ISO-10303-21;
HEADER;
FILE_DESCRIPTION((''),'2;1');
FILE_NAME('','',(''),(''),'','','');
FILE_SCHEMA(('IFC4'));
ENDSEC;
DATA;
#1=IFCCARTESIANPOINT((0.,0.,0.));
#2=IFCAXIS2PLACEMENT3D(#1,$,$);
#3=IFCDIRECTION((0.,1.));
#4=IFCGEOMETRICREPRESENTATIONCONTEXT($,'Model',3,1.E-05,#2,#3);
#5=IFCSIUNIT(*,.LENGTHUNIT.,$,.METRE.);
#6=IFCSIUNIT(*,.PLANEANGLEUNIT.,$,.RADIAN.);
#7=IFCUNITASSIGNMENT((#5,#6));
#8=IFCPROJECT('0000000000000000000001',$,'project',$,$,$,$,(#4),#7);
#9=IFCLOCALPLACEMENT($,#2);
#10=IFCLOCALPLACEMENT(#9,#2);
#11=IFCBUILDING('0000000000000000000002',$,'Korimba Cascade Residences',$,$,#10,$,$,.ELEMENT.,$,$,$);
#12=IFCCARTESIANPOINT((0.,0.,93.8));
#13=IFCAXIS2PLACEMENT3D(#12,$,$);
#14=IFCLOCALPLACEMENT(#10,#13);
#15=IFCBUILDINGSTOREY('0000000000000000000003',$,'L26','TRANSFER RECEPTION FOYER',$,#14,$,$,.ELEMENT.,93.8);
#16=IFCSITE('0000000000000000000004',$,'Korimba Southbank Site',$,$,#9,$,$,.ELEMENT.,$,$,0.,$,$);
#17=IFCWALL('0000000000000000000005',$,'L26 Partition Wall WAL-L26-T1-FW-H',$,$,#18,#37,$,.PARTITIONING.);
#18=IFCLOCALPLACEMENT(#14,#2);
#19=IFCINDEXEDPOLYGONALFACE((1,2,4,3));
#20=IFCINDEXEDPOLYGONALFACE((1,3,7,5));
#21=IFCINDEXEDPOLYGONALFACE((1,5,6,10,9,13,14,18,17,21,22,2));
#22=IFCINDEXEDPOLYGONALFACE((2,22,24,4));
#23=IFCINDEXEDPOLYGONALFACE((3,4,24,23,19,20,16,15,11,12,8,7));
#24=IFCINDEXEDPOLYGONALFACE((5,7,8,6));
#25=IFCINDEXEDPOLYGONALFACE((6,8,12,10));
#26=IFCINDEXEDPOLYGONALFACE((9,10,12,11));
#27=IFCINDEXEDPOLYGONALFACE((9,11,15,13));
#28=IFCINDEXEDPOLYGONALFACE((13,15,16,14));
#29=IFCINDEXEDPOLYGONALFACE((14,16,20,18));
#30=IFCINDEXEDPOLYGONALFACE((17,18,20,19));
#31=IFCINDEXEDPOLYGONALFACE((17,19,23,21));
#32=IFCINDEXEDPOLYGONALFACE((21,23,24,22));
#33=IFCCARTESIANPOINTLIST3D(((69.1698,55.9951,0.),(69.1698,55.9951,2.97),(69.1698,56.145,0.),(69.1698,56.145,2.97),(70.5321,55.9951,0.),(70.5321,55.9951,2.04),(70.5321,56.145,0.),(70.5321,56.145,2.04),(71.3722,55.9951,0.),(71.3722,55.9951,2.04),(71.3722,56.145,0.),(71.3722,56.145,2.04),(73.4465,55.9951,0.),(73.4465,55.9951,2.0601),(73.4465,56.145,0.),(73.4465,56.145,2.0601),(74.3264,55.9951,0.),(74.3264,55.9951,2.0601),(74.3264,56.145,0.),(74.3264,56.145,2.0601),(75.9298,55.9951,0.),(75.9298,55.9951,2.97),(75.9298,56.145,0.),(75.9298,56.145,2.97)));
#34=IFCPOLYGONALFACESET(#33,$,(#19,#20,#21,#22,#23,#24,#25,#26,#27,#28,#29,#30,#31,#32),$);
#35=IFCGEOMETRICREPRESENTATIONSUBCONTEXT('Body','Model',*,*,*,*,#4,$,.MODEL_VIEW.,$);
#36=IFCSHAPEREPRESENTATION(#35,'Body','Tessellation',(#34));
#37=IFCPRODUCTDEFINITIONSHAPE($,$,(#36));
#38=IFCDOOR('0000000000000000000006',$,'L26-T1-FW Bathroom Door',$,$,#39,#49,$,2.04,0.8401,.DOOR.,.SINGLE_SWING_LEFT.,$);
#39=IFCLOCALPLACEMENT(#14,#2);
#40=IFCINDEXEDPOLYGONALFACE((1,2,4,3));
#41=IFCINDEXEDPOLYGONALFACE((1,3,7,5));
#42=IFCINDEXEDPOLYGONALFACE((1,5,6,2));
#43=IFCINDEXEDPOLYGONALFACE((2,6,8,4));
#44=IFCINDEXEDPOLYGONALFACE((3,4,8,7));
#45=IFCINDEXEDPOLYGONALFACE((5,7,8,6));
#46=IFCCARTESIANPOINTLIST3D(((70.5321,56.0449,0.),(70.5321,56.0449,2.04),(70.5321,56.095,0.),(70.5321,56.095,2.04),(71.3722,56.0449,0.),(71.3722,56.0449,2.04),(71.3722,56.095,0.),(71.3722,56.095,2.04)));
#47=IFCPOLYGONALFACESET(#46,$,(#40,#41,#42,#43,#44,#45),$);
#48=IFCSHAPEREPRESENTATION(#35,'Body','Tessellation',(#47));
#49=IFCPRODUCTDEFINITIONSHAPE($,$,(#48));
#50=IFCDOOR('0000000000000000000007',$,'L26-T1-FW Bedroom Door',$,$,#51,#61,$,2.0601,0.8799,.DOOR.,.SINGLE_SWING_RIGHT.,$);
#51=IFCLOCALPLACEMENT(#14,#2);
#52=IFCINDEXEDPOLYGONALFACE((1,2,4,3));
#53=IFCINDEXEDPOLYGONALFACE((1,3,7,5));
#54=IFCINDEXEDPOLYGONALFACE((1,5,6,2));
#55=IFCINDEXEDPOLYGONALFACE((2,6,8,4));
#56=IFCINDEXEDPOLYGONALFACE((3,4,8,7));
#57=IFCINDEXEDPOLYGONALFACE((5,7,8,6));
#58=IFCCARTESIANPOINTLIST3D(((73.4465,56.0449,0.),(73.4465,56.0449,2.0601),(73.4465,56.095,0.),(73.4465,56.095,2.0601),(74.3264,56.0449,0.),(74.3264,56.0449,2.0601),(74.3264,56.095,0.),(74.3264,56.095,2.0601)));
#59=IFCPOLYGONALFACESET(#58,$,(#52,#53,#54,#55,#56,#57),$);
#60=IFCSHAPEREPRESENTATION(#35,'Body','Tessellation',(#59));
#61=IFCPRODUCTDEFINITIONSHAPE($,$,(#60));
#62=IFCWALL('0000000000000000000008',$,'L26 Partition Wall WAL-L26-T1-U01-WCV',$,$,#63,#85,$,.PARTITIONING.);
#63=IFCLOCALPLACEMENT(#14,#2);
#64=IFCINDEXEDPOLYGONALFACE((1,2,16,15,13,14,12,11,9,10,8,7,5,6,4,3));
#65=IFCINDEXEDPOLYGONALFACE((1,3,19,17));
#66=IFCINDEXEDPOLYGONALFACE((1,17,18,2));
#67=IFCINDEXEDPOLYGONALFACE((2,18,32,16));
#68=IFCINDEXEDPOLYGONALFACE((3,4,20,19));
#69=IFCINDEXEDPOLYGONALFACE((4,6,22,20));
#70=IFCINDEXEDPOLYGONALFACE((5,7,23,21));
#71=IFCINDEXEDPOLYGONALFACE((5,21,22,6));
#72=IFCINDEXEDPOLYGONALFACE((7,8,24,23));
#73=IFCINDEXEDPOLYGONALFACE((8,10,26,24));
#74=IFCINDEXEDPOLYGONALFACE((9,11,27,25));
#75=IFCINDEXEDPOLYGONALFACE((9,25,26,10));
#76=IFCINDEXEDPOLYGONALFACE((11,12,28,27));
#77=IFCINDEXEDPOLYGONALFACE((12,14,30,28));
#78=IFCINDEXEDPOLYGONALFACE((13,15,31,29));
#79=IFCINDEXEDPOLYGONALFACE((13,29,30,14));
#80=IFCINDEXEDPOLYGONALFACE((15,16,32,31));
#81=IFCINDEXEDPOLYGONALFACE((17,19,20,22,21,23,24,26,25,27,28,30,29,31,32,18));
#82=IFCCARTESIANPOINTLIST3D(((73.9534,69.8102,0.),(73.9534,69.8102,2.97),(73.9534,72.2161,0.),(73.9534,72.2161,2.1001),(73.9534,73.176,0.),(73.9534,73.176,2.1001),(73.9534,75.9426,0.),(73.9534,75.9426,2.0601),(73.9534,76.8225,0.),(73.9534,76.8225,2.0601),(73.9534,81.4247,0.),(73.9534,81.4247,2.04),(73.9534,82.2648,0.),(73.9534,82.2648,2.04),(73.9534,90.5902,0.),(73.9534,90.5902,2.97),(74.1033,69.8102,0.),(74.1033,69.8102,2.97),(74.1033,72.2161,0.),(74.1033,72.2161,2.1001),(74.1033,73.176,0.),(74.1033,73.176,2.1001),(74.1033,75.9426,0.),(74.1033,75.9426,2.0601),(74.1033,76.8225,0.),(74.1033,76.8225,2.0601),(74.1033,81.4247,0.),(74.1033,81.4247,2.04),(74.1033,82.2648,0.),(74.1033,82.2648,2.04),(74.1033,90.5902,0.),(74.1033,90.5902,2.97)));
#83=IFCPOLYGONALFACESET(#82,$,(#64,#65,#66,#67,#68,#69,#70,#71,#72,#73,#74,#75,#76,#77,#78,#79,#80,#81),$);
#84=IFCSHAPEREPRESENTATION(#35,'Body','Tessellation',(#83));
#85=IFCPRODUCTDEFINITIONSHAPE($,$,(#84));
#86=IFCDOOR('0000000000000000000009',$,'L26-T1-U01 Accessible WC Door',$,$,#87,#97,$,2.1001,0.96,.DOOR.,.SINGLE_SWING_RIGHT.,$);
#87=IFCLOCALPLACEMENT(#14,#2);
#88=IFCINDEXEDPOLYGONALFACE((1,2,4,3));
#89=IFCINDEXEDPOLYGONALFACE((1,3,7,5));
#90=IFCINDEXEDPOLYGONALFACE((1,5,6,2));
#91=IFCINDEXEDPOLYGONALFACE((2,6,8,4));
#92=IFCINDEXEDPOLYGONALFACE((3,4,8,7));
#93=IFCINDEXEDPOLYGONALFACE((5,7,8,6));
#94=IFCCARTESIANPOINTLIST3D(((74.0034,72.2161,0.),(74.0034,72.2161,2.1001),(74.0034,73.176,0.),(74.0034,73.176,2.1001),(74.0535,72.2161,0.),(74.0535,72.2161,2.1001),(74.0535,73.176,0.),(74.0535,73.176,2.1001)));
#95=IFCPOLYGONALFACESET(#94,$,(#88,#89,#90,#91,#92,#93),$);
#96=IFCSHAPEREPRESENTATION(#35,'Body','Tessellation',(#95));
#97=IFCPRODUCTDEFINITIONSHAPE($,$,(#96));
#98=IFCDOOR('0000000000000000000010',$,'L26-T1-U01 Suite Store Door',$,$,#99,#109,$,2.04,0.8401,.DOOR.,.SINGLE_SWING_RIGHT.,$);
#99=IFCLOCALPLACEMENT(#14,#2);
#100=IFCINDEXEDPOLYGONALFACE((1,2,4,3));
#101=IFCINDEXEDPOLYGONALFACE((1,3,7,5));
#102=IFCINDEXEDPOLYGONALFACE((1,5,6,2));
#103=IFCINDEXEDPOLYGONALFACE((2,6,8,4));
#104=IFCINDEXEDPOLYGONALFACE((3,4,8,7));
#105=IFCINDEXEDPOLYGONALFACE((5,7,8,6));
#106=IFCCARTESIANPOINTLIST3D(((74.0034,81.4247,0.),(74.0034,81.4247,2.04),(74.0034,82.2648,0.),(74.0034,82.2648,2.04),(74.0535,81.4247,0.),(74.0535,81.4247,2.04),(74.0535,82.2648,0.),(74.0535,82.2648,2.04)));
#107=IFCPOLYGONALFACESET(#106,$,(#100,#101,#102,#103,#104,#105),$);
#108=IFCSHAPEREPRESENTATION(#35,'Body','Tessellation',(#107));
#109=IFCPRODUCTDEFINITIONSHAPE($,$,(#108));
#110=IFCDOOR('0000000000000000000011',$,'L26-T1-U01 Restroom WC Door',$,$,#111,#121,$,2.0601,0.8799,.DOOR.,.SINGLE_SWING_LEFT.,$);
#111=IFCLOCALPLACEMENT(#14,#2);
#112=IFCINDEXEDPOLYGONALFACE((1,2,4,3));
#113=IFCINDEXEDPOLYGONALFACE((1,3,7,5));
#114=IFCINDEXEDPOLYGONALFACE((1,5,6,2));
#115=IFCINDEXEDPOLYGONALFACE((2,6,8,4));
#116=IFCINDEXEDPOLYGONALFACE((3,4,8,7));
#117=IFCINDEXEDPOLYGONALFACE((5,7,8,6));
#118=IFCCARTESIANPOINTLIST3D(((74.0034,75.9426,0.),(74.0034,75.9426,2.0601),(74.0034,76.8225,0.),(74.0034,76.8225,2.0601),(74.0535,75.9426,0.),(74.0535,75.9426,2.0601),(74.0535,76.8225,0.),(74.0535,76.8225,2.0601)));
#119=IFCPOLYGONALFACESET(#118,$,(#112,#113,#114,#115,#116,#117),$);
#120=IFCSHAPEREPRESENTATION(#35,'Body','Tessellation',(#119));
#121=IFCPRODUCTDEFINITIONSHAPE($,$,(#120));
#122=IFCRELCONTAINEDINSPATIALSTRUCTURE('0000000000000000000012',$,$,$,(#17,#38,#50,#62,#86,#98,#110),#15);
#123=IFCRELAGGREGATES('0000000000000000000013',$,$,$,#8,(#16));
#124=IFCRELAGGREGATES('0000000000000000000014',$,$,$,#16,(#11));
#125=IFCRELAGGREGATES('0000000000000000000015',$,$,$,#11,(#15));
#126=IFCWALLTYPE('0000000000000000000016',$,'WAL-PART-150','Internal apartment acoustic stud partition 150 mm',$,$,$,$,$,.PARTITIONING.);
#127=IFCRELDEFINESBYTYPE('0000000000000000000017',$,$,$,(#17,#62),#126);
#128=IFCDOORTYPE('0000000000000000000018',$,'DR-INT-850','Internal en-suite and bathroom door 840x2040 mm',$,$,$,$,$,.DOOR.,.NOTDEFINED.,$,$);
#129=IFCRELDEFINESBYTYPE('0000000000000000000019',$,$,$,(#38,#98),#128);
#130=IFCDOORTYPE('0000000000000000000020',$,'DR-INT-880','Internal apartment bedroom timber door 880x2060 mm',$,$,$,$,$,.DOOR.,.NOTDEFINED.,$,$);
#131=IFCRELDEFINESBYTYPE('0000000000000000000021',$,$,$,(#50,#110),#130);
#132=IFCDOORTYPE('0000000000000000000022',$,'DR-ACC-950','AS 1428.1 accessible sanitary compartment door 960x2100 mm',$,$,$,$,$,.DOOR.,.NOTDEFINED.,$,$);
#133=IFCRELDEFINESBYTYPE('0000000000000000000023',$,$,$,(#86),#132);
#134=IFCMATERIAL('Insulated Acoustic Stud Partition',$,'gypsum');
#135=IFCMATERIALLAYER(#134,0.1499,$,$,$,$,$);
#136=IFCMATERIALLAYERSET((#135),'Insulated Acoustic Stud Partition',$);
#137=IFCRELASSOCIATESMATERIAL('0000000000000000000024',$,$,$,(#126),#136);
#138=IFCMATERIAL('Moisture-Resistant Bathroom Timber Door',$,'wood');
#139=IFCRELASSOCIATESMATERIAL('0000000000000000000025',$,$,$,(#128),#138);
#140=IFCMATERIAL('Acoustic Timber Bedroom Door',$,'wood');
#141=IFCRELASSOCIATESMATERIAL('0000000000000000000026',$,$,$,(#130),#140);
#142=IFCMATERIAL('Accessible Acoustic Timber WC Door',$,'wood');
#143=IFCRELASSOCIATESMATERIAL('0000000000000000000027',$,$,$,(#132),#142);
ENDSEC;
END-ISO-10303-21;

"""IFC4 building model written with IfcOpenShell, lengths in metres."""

from ifc_helpers import new_model, si_unit, direction, frame, frame_2d, origin, place, context, subcontext, project, spatial, rectangle, extrude, material, layer, layer_set, type_object, element, fill, save


model = new_model("IFC4")

# Units and contexts
model_context = context("Model", 3, precision=1e-05, world=origin(), true_north=direction((0.0, 1.0)))
body_context = subcontext(model_context, "Body", "Model", "MODEL_VIEW")
ifc_project = project(units=[si_unit("LENGTHUNIT", "METRE"), si_unit("PLANEANGLEUNIT", "RADIAN")], contexts=[model_context])

# Site, building, storey
site_placement = place(None, origin())
site = spatial("IfcSite", under=ifc_project, at=site_placement, Name="Korimba Southbank Site", CompositionType="ELEMENT", RefElevation=0.0)
building_placement = place(site_placement, origin())
building = spatial("IfcBuilding", under=site, at=building_placement, Name="Korimba Cascade Residences", CompositionType="ELEMENT")
storey_placement = place(building_placement, frame((0.0, 0.0, 93.8)))
storey = spatial("IfcBuildingStorey", under=building, at=storey_placement, Name="L26", Description="TRANSFER RECEPTION FOYER", CompositionType="ELEMENT", Elevation=93.8)

# Shared definitions
ifc_material_1 = material(Name="Insulated Acoustic Stud Partition", Category="gypsum")
ifc_layer_1 = layer(ifc_material_1, 0.1499)
ifc_layer_set_1 = layer_set([ifc_layer_1], Name="Insulated Acoustic Stud Partition")
wall_type_1 = type_object("IfcWallType", Name="WAL-PART-150", Description="Internal apartment acoustic stud partition 150 mm", PredefinedType="PARTITIONING", material=ifc_layer_set_1)

# Walls, openings, doors
wall_1_placement = place(storey_placement, frame((69.1699, 56.0701, 0.0), z_axis=(0.0, 0.0, 1.0), x_axis=(1.0, 0.0, 0.0)))
wall_1 = element("IfcWall", 1, at=wall_1_placement, inside=storey, type_object=wall_type_1, Name="L26 Partition Wall WAL-L26-T1-FW-H", PredefinedType="PARTITIONING", context=body_context, shape_type="SweptSolid", body=[
    extrude(rectangle(XDim=6.76, YDim=0.1499, at=frame_2d((3.3799, 0.0))), origin(), (0.0, 0.0, 1.0), 2.97),
])
opening_1_placement = place(wall_1_placement, frame((1.3623, 0.0, 0.0)))
opening_1 = element("IfcOpeningElement", 2, at=opening_1_placement, cuts=wall_1, PredefinedType="OPENING", context=body_context, shape_type="SweptSolid", body=[
    extrude(rectangle(XDim=0.8401, YDim=2.04, at=frame_2d((0.4199, 1.02))), frame((0.0, 0.085, 0.0), z_axis=(0.0, -1.0, 0.0), x_axis=(1.0, 0.0, 0.0)), (0.0, 0.0, 1.0), 0.1699),
])
opening_2_placement = place(wall_1_placement, frame((4.2766, 0.0, 0.0)))
opening_2 = element("IfcOpeningElement", 3, at=opening_2_placement, cuts=wall_1, PredefinedType="OPENING", context=body_context, shape_type="SweptSolid", body=[
    extrude(rectangle(XDim=0.8799, YDim=2.0601, at=frame_2d((0.4399, 1.03))), frame((0.0, 0.085, 0.0), z_axis=(0.0, -1.0, 0.0), x_axis=(1.0, 0.0, 0.0)), (0.0, 0.0, 1.0), 0.1699),
])
ifc_material_2 = material(Name="Moisture-Resistant Bathroom Timber Door", Category="wood")
door_type_1 = type_object("IfcDoorType", Name="DR-INT-850", Description="Internal en-suite and bathroom door 840x2040 mm", OperationType="NOTDEFINED", PredefinedType="DOOR", material=ifc_material_2)
door_1_placement = place(opening_1_placement, origin())
door_1 = element("IfcDoor", 4, at=door_1_placement, inside=storey, type_object=door_type_1, Name="L26-T1-FW Bathroom Door", OperationType="SINGLE_SWING_LEFT", OverallHeight=2.04, OverallWidth=0.8401, PredefinedType="DOOR", context=body_context, shape_type="SweptSolid", body=[
    extrude(rectangle(XDim=0.8401, YDim=2.04, at=frame_2d((0.4199, 1.02))), frame((0.0, 0.0249, 0.0), z_axis=(0.0, -1.0, 0.0), x_axis=(1.0, 0.0, 0.0)), (0.0, 0.0, 1.0), 0.05),
])
fill(opening_1, door_1)
ifc_material_3 = material(Name="Acoustic Timber Bedroom Door", Category="wood")
door_type_2 = type_object("IfcDoorType", Name="DR-INT-880", Description="Internal apartment bedroom timber door 880x2060 mm", OperationType="NOTDEFINED", PredefinedType="DOOR", material=ifc_material_3)
door_2_placement = place(opening_2_placement, origin())
door_2 = element("IfcDoor", 5, at=door_2_placement, inside=storey, type_object=door_type_2, Name="L26-T1-FW Bedroom Door", OperationType="SINGLE_SWING_RIGHT", OverallHeight=2.0601, OverallWidth=0.8799, PredefinedType="DOOR", context=body_context, shape_type="SweptSolid", body=[
    extrude(rectangle(XDim=0.8799, YDim=2.0601, at=frame_2d((0.4399, 1.03))), frame((0.0, 0.0249, 0.0), z_axis=(0.0, -1.0, 0.0), x_axis=(1.0, 0.0, 0.0)), (0.0, 0.0, 1.0), 0.05),
])
fill(opening_2, door_2)
wall_2_placement = place(storey_placement, frame((74.0283, 69.8101, 0.0), z_axis=(0.0, 0.0, 1.0), x_axis=(0.0, 1.0, 0.0)))
wall_2 = element("IfcWall", 6, at=wall_2_placement, inside=storey, type_object=wall_type_1, Name="L26 Partition Wall WAL-L26-T1-U01-WCV", PredefinedType="PARTITIONING", context=body_context, shape_type="SweptSolid", body=[
    extrude(rectangle(XDim=20.78, YDim=0.1499, at=frame_2d((10.3901, 0.0))), origin(), (0.0, 0.0, 1.0), 2.97),
])
opening_3_placement = place(wall_2_placement, frame((2.406, 0.0, 0.0)))
opening_3 = element("IfcOpeningElement", 7, at=opening_3_placement, cuts=wall_2, PredefinedType="OPENING", context=body_context, shape_type="SweptSolid", body=[
    extrude(rectangle(XDim=0.96, YDim=2.1001, at=frame_2d((0.48, 1.05))), frame((0.0, 0.085, 0.0), z_axis=(0.0, -1.0, 0.0), x_axis=(1.0, 0.0, 0.0)), (0.0, 0.0, 1.0), 0.1699),
])
opening_4_placement = place(wall_2_placement, frame((6.1326, 0.0, 0.0)))
opening_4 = element("IfcOpeningElement", 8, at=opening_4_placement, cuts=wall_2, PredefinedType="OPENING", context=body_context, shape_type="SweptSolid", body=[
    extrude(rectangle(XDim=0.8799, YDim=2.0601, at=frame_2d((0.4399, 1.03))), frame((0.0, 0.085, 0.0), z_axis=(0.0, -1.0, 0.0), x_axis=(1.0, 0.0, 0.0)), (0.0, 0.0, 1.0), 0.1699),
])
opening_5_placement = place(wall_2_placement, frame((11.6147, 0.0, 0.0)))
opening_5 = element("IfcOpeningElement", 9, at=opening_5_placement, cuts=wall_2, PredefinedType="OPENING", context=body_context, shape_type="SweptSolid", body=[
    extrude(rectangle(XDim=0.8401, YDim=2.04, at=frame_2d((0.4199, 1.02))), frame((0.0, 0.085, 0.0), z_axis=(0.0, -1.0, 0.0), x_axis=(1.0, 0.0, 0.0)), (0.0, 0.0, 1.0), 0.1699),
])
ifc_material_4 = material(Name="Accessible Acoustic Timber WC Door", Category="wood")
door_type_3 = type_object("IfcDoorType", Name="DR-ACC-950", Description="AS 1428.1 accessible sanitary compartment door 960x2100 mm", OperationType="NOTDEFINED", PredefinedType="DOOR", material=ifc_material_4)
door_3_placement = place(opening_3_placement, origin())
door_3 = element("IfcDoor", 10, at=door_3_placement, inside=storey, type_object=door_type_3, Name="L26-T1-U01 Accessible WC Door", OperationType="SINGLE_SWING_RIGHT", OverallHeight=2.1001, OverallWidth=0.96, PredefinedType="DOOR", context=body_context, shape_type="SweptSolid", body=[
    extrude(rectangle(XDim=0.96, YDim=2.1001, at=frame_2d((0.48, 1.05))), frame((0.0, 0.0249, 0.0), z_axis=(0.0, -1.0, 0.0), x_axis=(1.0, 0.0, 0.0)), (0.0, 0.0, 1.0), 0.05),
])
fill(opening_3, door_3)
door_4_placement = place(opening_5_placement, origin())
door_4 = element("IfcDoor", 11, at=door_4_placement, inside=storey, type_object=door_type_1, Name="L26-T1-U01 Suite Store Door", OperationType="SINGLE_SWING_RIGHT", OverallHeight=2.04, OverallWidth=0.8401, PredefinedType="DOOR", context=body_context, shape_type="SweptSolid", body=[
    extrude(rectangle(XDim=0.8401, YDim=2.04, at=frame_2d((0.4199, 1.02))), frame((0.0, 0.0249, 0.0), z_axis=(0.0, -1.0, 0.0), x_axis=(1.0, 0.0, 0.0)), (0.0, 0.0, 1.0), 0.05),
])
fill(opening_5, door_4)
door_5_placement = place(opening_4_placement, origin())
door_5 = element("IfcDoor", 12, at=door_5_placement, inside=storey, type_object=door_type_2, Name="L26-T1-U01 Restroom WC Door", OperationType="SINGLE_SWING_LEFT", OverallHeight=2.0601, OverallWidth=0.8799, PredefinedType="DOOR", context=body_context, shape_type="SweptSolid", body=[
    extrude(rectangle(XDim=0.8799, YDim=2.0601, at=frame_2d((0.4399, 1.03))), frame((0.0, 0.0249, 0.0), z_axis=(0.0, -1.0, 0.0), x_axis=(1.0, 0.0, 0.0)), (0.0, 0.0, 1.0), 0.05),
])
fill(opening_4, door_5)

save(model, "model.ifc")
